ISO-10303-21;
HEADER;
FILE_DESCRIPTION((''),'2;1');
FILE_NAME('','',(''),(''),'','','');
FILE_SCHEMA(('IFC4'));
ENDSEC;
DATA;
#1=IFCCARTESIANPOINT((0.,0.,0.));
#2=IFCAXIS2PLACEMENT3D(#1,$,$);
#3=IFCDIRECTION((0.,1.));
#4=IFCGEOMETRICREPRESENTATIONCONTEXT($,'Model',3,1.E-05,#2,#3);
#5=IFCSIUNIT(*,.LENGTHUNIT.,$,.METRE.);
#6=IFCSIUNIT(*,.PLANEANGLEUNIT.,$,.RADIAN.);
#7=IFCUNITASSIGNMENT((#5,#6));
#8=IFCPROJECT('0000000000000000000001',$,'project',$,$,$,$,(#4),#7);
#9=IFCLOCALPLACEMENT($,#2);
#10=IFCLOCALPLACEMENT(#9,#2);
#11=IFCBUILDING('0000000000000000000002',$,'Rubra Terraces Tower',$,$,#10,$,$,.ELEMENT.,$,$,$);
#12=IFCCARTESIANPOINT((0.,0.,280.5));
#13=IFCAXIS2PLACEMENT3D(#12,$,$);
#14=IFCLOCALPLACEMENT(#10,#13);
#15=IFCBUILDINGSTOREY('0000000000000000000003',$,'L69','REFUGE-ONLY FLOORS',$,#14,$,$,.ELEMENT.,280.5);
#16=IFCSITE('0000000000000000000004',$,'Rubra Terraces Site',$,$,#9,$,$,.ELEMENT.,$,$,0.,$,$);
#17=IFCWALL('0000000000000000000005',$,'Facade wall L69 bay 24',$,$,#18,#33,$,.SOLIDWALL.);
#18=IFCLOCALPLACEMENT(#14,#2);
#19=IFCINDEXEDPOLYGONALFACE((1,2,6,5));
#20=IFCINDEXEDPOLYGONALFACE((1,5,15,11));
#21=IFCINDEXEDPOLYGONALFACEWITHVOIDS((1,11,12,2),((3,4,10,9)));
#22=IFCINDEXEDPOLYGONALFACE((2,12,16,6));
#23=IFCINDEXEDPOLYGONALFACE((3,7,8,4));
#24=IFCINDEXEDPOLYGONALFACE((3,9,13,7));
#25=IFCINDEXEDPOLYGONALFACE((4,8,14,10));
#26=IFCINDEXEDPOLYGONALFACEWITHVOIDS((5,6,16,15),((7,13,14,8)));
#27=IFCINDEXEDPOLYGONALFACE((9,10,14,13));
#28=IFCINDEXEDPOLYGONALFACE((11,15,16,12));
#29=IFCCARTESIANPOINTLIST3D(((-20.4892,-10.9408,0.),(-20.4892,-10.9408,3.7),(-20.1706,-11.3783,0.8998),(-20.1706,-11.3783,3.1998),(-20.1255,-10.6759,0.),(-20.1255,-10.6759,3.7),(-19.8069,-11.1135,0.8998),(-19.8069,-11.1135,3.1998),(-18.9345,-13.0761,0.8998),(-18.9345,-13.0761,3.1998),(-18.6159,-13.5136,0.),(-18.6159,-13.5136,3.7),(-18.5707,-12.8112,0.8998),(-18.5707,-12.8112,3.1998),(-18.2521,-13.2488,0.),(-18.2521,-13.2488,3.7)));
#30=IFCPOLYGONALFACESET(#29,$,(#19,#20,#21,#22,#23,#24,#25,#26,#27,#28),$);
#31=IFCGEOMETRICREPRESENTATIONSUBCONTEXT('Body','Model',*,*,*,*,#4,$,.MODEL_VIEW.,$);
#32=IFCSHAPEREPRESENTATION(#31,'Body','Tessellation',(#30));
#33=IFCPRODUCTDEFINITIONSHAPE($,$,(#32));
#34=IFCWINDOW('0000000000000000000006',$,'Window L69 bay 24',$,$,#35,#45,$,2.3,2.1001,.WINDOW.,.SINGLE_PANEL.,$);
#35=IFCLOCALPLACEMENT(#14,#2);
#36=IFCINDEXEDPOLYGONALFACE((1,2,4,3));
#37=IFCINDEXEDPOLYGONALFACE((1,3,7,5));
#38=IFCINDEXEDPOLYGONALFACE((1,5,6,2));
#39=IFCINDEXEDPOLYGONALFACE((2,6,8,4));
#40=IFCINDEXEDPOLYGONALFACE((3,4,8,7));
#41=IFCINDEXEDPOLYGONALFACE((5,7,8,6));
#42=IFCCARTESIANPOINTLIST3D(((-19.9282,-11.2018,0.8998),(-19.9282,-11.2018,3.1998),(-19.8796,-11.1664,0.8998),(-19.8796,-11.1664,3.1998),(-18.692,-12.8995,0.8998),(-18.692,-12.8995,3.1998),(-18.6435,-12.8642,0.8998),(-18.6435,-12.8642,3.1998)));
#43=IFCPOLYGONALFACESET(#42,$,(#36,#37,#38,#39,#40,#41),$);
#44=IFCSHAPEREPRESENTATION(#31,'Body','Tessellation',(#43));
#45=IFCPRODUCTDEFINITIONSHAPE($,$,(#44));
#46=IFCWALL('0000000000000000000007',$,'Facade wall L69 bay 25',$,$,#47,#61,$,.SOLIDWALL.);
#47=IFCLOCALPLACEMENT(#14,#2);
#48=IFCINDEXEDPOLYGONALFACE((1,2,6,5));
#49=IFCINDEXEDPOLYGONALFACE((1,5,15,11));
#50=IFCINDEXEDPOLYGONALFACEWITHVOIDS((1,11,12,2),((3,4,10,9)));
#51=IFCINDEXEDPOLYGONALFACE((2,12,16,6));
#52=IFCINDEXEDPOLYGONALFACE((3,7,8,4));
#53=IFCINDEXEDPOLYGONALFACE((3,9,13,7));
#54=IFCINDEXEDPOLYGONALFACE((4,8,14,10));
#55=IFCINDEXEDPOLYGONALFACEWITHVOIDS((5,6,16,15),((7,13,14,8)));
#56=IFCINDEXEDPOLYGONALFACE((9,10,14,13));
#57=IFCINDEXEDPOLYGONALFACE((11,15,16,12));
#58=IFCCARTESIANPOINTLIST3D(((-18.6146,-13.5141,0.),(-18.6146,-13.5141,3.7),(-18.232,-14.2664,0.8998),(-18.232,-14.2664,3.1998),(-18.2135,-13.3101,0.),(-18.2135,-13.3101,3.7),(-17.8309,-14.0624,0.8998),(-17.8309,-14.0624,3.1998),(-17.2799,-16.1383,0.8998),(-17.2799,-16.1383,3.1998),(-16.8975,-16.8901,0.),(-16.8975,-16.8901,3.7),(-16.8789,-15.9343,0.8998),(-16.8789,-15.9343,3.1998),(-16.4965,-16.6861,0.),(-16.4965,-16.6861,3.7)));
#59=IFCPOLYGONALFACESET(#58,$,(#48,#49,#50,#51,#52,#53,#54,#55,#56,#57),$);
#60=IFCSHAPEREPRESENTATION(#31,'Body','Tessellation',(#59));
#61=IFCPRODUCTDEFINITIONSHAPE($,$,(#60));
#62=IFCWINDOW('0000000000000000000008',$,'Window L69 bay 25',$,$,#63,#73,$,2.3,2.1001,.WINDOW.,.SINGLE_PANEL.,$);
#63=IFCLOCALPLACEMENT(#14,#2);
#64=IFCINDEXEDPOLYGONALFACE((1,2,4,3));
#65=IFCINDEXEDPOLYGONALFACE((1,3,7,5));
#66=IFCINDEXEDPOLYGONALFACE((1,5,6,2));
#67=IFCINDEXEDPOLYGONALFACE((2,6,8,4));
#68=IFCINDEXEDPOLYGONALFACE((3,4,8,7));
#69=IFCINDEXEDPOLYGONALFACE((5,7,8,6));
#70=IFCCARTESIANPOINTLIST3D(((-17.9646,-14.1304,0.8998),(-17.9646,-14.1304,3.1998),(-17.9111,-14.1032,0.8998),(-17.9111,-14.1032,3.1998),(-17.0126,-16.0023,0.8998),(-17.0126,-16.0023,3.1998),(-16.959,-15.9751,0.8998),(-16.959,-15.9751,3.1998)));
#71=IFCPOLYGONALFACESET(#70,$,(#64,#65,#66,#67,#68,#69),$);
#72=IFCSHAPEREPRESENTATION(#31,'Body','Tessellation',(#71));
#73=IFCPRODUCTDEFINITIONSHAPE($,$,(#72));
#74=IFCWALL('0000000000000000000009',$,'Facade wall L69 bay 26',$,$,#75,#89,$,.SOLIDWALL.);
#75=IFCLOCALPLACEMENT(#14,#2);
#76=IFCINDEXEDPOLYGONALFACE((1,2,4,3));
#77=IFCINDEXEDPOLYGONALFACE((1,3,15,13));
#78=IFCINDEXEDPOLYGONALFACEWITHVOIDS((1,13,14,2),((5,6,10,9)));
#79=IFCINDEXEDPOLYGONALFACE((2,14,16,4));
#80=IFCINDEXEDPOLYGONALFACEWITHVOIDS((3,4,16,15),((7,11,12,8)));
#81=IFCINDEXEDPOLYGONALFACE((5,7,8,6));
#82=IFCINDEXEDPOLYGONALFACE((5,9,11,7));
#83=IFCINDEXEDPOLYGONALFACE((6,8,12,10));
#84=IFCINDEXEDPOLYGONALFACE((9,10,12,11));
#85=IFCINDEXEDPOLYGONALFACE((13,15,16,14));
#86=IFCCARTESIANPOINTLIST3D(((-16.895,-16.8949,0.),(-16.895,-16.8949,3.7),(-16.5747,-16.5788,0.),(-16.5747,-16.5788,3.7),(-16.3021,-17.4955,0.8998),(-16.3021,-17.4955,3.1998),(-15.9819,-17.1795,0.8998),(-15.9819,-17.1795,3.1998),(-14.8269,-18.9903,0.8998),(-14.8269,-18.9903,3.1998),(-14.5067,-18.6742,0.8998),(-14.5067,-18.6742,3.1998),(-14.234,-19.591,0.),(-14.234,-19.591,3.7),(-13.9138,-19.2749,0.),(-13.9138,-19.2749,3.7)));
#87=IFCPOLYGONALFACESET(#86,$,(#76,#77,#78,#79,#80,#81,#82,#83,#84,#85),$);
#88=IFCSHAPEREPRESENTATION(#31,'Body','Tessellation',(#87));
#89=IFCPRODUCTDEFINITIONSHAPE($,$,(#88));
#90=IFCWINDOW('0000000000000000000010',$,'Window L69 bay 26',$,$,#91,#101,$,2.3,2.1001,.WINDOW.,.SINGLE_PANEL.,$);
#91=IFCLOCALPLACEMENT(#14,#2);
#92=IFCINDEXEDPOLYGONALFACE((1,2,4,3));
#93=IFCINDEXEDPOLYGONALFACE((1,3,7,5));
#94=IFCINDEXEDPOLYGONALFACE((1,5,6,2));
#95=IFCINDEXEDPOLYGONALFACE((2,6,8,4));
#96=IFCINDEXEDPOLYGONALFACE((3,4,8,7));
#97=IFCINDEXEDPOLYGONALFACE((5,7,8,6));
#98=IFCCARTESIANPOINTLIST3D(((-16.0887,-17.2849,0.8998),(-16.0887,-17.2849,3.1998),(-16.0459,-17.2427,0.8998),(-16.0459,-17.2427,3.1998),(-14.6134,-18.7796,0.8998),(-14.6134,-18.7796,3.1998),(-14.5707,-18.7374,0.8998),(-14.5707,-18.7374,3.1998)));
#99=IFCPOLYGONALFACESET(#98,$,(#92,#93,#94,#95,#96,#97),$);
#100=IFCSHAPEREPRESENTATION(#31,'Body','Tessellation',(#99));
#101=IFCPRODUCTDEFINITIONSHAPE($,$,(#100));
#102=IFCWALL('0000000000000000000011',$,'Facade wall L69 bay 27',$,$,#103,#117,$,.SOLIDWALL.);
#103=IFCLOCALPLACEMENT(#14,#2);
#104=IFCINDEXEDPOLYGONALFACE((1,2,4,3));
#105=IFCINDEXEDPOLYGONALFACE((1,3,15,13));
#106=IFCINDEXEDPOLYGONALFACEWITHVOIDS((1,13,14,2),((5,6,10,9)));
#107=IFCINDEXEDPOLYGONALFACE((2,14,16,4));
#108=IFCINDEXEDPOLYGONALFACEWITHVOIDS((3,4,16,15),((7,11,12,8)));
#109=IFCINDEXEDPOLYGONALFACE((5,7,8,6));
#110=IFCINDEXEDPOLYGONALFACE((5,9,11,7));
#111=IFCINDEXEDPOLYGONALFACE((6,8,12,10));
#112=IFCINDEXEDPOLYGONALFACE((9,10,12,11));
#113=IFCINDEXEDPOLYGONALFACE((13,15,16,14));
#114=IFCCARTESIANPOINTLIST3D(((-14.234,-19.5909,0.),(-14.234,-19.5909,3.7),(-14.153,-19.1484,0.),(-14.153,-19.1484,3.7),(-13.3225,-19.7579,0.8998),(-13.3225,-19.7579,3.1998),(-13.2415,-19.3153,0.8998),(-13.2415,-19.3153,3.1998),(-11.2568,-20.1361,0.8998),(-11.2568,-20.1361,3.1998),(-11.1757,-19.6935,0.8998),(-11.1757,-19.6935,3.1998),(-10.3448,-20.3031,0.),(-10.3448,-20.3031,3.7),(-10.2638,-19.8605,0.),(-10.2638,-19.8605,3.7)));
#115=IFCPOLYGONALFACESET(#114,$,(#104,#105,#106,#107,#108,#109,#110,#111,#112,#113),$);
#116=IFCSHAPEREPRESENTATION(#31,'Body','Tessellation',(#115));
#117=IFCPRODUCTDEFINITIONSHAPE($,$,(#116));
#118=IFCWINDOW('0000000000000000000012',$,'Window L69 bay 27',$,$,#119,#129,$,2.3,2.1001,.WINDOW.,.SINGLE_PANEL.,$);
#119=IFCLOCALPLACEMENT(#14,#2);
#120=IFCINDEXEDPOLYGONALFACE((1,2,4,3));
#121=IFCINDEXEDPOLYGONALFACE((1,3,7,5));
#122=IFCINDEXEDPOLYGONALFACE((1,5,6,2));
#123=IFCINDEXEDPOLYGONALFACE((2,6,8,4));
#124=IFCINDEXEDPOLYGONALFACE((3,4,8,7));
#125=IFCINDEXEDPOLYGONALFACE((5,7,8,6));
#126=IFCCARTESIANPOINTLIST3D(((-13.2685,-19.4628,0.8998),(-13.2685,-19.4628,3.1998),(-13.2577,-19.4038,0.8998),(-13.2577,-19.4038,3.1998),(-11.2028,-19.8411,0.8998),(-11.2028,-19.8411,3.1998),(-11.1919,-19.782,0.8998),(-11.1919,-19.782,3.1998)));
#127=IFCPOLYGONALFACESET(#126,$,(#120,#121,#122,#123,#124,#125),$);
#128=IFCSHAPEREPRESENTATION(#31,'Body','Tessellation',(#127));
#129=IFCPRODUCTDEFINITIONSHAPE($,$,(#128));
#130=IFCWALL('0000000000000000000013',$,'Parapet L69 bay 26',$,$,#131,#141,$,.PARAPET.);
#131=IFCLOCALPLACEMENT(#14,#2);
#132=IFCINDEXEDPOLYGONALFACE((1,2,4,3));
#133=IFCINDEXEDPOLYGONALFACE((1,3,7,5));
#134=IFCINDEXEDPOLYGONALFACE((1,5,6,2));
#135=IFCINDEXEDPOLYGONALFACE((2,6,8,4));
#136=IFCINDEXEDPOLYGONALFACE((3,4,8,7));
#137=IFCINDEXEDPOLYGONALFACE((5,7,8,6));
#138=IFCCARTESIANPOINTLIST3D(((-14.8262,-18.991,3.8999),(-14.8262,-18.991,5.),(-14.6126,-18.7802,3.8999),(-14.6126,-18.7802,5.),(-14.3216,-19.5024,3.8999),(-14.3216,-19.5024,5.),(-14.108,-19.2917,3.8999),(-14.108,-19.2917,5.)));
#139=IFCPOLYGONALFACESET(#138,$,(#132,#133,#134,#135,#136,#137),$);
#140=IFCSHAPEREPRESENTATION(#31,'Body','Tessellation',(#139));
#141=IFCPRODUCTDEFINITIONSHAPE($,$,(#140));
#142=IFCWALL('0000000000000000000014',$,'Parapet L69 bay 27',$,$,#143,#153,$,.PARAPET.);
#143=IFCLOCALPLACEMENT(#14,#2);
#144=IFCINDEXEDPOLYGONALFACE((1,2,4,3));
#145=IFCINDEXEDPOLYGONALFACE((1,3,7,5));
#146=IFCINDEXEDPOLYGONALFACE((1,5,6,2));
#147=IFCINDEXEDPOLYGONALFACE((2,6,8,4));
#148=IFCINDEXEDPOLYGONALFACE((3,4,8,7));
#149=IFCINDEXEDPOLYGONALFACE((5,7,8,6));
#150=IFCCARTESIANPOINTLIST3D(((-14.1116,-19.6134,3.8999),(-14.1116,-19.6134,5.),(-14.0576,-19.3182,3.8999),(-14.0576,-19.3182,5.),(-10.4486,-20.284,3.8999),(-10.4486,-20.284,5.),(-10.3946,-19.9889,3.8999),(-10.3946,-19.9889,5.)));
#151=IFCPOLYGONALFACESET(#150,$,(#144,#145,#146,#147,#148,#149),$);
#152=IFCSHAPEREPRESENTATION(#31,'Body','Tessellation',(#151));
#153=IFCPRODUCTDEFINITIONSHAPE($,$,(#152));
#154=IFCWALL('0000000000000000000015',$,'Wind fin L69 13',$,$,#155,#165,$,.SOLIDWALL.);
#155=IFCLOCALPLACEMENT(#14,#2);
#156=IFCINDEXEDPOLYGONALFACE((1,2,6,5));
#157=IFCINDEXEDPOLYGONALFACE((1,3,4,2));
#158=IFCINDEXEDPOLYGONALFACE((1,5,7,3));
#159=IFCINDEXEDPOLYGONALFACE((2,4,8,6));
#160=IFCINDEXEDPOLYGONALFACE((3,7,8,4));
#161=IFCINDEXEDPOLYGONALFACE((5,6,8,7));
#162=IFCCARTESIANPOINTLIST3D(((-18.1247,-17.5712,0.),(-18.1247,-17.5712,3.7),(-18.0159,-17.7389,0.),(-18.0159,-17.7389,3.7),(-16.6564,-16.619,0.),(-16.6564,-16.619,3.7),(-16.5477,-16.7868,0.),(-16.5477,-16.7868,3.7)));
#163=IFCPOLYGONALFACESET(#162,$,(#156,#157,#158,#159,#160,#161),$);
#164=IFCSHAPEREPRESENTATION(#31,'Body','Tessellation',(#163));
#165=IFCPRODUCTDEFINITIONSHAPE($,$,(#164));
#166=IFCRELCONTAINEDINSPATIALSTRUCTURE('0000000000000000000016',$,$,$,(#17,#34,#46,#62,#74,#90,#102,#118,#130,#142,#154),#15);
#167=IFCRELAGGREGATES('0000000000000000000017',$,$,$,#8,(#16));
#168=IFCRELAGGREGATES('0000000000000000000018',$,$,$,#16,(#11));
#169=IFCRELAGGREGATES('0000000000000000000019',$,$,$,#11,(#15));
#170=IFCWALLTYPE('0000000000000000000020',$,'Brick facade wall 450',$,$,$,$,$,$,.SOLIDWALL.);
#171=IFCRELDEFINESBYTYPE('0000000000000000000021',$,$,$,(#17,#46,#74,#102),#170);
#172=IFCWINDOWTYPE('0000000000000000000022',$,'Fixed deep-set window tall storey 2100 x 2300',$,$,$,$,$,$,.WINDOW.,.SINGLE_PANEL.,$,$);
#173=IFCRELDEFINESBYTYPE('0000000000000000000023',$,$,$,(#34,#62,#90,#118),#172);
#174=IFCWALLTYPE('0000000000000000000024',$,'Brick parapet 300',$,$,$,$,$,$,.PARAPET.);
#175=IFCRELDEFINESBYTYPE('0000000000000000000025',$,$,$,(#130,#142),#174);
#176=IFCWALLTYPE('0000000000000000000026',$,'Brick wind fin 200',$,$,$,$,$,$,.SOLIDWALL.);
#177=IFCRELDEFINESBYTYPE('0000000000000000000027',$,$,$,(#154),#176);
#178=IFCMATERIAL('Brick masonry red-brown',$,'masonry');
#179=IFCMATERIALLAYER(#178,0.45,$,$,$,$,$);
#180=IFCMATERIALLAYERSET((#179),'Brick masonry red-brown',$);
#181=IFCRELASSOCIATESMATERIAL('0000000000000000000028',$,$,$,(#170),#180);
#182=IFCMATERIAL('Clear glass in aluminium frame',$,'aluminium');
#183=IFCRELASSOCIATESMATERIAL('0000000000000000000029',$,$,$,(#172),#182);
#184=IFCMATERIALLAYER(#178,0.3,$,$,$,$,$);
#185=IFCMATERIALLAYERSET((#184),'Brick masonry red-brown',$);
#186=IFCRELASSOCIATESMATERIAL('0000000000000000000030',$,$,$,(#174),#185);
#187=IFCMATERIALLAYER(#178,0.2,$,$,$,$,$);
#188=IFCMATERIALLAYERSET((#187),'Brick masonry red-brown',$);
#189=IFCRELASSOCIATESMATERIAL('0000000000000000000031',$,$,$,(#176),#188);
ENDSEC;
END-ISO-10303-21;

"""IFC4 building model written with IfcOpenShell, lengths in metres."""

from ifc_helpers import new_model, si_unit, direction, frame, frame_2d, origin, place, context, subcontext, project, spatial, rectangle, extrude, material, layer, layer_set, type_object, element, fill, save


model = new_model("IFC4")

# Units and contexts
model_context = context("Model", 3, precision=1e-05, world=origin(), true_north=direction((0.0, 1.0)))
body_context = subcontext(model_context, "Body", "Model", "MODEL_VIEW")
ifc_project = project(units=[si_unit("LENGTHUNIT", "METRE"), si_unit("PLANEANGLEUNIT", "RADIAN")], contexts=[model_context])

# Site, building, storey
site_placement = place(None, origin())
site = spatial("IfcSite", under=ifc_project, at=site_placement, Name="Rubra Terraces Site", CompositionType="ELEMENT", RefElevation=0.0)
building_placement = place(site_placement, origin())
building = spatial("IfcBuilding", under=site, at=building_placement, Name="Rubra Terraces Tower", CompositionType="ELEMENT")
storey_placement = place(building_placement, frame((0.0, 0.0, 280.5)))
storey = spatial("IfcBuildingStorey", under=building, at=storey_placement, Name="L69", Description="REFUGE-ONLY FLOORS", CompositionType="ELEMENT", Elevation=280.5)

# Walls, openings, windows
ifc_material_1 = material(Name="Brick masonry red-brown", Category="masonry")
ifc_layer_1 = layer(ifc_material_1, 0.45)
ifc_layer_set_1 = layer_set([ifc_layer_1], Name="Brick masonry red-brown")
wall_type_1 = type_object("IfcWallType", Name="Brick facade wall 450", PredefinedType="SOLIDWALL", material=ifc_layer_set_1)
wall_1_placement = place(storey_placement, frame((-20.3074, -10.8083, 0.0), z_axis=(0.0, 0.0, 1.0), x_axis=(0.588623, -0.808408, 0.0)))
wall_1 = element("IfcWall", 1, at=wall_1_placement, inside=storey, type_object=wall_type_1, Name="Facade wall L69 bay 24", PredefinedType="SOLIDWALL", context=body_context, shape_type="SweptSolid", body=[
    extrude(rectangle(XDim=3.1826, YDim=0.45, at=frame_2d((1.5913, 0.0))), origin(), (0.0, 0.0, 1.0), 3.7),
])
opening_1_placement = place(wall_1_placement, frame((0.5413, 0.0, 0.8999)))
opening_1 = element("IfcOpeningElement", 2, at=opening_1_placement, cuts=wall_1, PredefinedType="OPENING", context=body_context, shape_type="SweptSolid", body=[
    extrude(rectangle(XDim=2.1001, YDim=2.3, at=frame_2d((1.05, 1.1499))), frame((0.0, 0.2349, 0.0), z_axis=(0.0, -1.0, 0.0), x_axis=(1.0, 0.0, 0.0)), (0.0, 0.0, 1.0), 0.47),
])
ifc_material_2 = material(Name="Clear glass in aluminium frame", Category="aluminium")
window_type = type_object("IfcWindowType", Name="Fixed deep-set window tall storey 2100 x 2300", PartitioningType="SINGLE_PANEL", PredefinedType="WINDOW", material=ifc_material_2)
window_1_placement = place(opening_1_placement, origin())
window_1 = element("IfcWindow", 3, at=window_1_placement, inside=storey, type_object=window_type, Name="Window L69 bay 24", OverallHeight=2.3, OverallWidth=2.1001, PartitioningType="SINGLE_PANEL", PredefinedType="WINDOW", context=body_context, shape_type="SweptSolid", body=[
    extrude(rectangle(XDim=2.1001, YDim=2.3, at=frame_2d((1.05, 1.1499))), frame((0.0, 0.135, 0.0), z_axis=(0.0, -1.0, 0.0), x_axis=(1.0, 0.0, 0.0)), (0.0, 0.0, 1.0), 0.0601),
])
fill(opening_1, window_1)
wall_2_placement = place(storey_placement, frame((-18.4141, -13.4121, 0.0), z_axis=(0.0, 0.0, 1.0), x_axis=(0.45334, -0.891338, 0.0)))
wall_2 = element("IfcWall", 4, at=wall_2_placement, inside=storey, type_object=wall_type_1, Name="Facade wall L69 bay 25", PredefinedType="SOLIDWALL", context=body_context, shape_type="SweptSolid", body=[
    extrude(rectangle(XDim=3.7876, YDim=0.45, at=frame_2d((1.8938, 0.0))), origin(), (0.0, 0.0, 1.0), 3.7),
])
opening_2_placement = place(wall_2_placement, frame((0.844, 0.0, 0.8999)))
opening_2 = element("IfcOpeningElement", 5, at=opening_2_placement, cuts=wall_2, PredefinedType="OPENING", context=body_context, shape_type="SweptSolid", body=[
    extrude(rectangle(XDim=2.1001, YDim=2.3, at=frame_2d((1.05, 1.1499))), frame((0.0, 0.2349, 0.0), z_axis=(0.0, -1.0, 0.0), x_axis=(1.0, 0.0, 0.0)), (0.0, 0.0, 1.0), 0.47),
])
window_2_placement = place(opening_2_placement, origin())
window_2 = element("IfcWindow", 6, at=window_2_placement, inside=storey, type_object=window_type, Name="Window L69 bay 25", OverallHeight=2.3, OverallWidth=2.1001, PartitioningType="SINGLE_PANEL", PredefinedType="WINDOW", context=body_context, shape_type="SweptSolid", body=[
    extrude(rectangle(XDim=2.1001, YDim=2.3, at=frame_2d((1.05, 1.1499))), frame((0.0, 0.135, 0.0), z_axis=(0.0, -1.0, 0.0), x_axis=(1.0, 0.0, 0.0)), (0.0, 0.0, 1.0), 0.0601),
])
fill(opening_2, window_2)
wall_3_placement = place(storey_placement, frame((-16.7349, -16.7368, 0.0), z_axis=(0.0, 0.0, 1.0), x_axis=(0.702451, -0.711732, 0.0)))
wall_3 = element("IfcWall", 7, at=wall_3_placement, inside=storey, type_object=wall_type_1, Name="Facade wall L69 bay 26", PredefinedType="SOLIDWALL", context=body_context, shape_type="SweptSolid", body=[
    extrude(rectangle(XDim=3.7881, YDim=0.45, at=frame_2d((1.894, 0.0))), origin(), (0.0, 0.0, 1.0), 3.7),
])
opening_3_placement = place(wall_3_placement, frame((0.844, 0.0, 0.8999)))
opening_3 = element("IfcOpeningElement", 8, at=opening_3_placement, cuts=wall_3, PredefinedType="OPENING", context=body_context, shape_type="SweptSolid", body=[
    extrude(rectangle(XDim=2.1001, YDim=2.3, at=frame_2d((1.05, 1.1499))), frame((0.0, 0.2349, 0.0), z_axis=(0.0, -1.0, 0.0), x_axis=(1.0, 0.0, 0.0)), (0.0, 0.0, 1.0), 0.47),
])
window_3_placement = place(opening_3_placement, origin())
window_3 = element("IfcWindow", 9, at=window_3_placement, inside=storey, type_object=window_type, Name="Window L69 bay 26", OverallHeight=2.3, OverallWidth=2.1001, PartitioningType="SINGLE_PANEL", PredefinedType="WINDOW", context=body_context, shape_type="SweptSolid", body=[
    extrude(rectangle(XDim=2.1001, YDim=2.3, at=frame_2d((1.05, 1.1499))), frame((0.0, 0.135, 0.0), z_axis=(0.0, -1.0, 0.0), x_axis=(1.0, 0.0, 0.0)), (0.0, 0.0, 1.0), 0.0601),
])
fill(opening_3, window_3)
wall_4_placement = place(storey_placement, frame((-14.1936, -19.3696, 0.0), z_axis=(0.0, 0.0, 1.0), x_axis=(0.983645, -0.180119, 0.0)))
wall_4 = element("IfcWall", 10, at=wall_4_placement, inside=storey, type_object=wall_type_1, Name="Facade wall L69 bay 27", PredefinedType="SOLIDWALL", context=body_context, shape_type="SweptSolid", body=[
    extrude(rectangle(XDim=3.9539, YDim=0.45, at=frame_2d((1.9771, 0.0))), origin(), (0.0, 0.0, 1.0), 3.7),
])
opening_4_placement = place(wall_4_placement, frame((0.9268, 0.0, 0.8999)))
opening_4 = element("IfcOpeningElement", 11, at=opening_4_placement, cuts=wall_4, PredefinedType="OPENING", context=body_context, shape_type="SweptSolid", body=[
    extrude(rectangle(XDim=2.1001, YDim=2.3, at=frame_2d((1.05, 1.1499))), frame((0.0, 0.2349, 0.0), z_axis=(0.0, -1.0, 0.0), x_axis=(1.0, 0.0, 0.0)), (0.0, 0.0, 1.0), 0.47),
])
window_4_placement = place(opening_4_placement, origin())
window_4 = element("IfcWindow", 12, at=window_4_placement, inside=storey, type_object=window_type, Name="Window L69 bay 27", OverallHeight=2.3, OverallWidth=2.1001, PartitioningType="SINGLE_PANEL", PredefinedType="WINDOW", context=body_context, shape_type="SweptSolid", body=[
    extrude(rectangle(XDim=2.1001, YDim=2.3, at=frame_2d((1.05, 1.1499))), frame((0.0, 0.135, 0.0), z_axis=(0.0, -1.0, 0.0), x_axis=(1.0, 0.0, 0.0)), (0.0, 0.0, 1.0), 0.0601),
])
fill(opening_4, window_4)

# Walls
ifc_layer_2 = layer(ifc_material_1, 0.3)
ifc_layer_set_2 = layer_set([ifc_layer_2], Name="Brick masonry red-brown")
wall_type_2 = type_object("IfcWallType", Name="Brick parapet 300", PredefinedType="PARAPET", material=ifc_layer_set_2)
wall_5_placement = place(storey_placement, frame((-14.7195, -18.8855, 3.8999), z_axis=(0.0, 0.0, 1.0), x_axis=(0.702334, -0.711848, 0.0)))
element("IfcWall", 13, at=wall_5_placement, inside=storey, type_object=wall_type_2, Name="Parapet L69 bay 26", PredefinedType="PARAPET", context=body_context, shape_type="SweptSolid", body=[
    extrude(rectangle(XDim=0.7185, YDim=0.3, at=frame_2d((0.3594, 0.0))), origin(), (0.0, 0.0, 1.0), 1.1001),
])
wall_6_placement = place(storey_placement, frame((-14.0845, -19.4658, 3.8999), z_axis=(0.0, 0.0, 1.0), x_axis=(0.98365, -0.180091, 0.0)))
element("IfcWall", 14, at=wall_6_placement, inside=storey, type_object=wall_type_2, Name="Parapet L69 bay 27", PredefinedType="PARAPET", context=body_context, shape_type="SweptSolid", body=[
    extrude(rectangle(XDim=3.7239, YDim=0.3, at=frame_2d((1.8618, 0.0))), origin(), (0.0, 0.0, 1.0), 1.1001),
])
ifc_layer_3 = layer(ifc_material_1, 0.2)
ifc_layer_set_3 = layer_set([ifc_layer_3], Name="Brick masonry red-brown")
wall_type_3 = type_object("IfcWallType", Name="Brick wind fin 200", PredefinedType="SOLIDWALL", material=ifc_layer_set_3)
wall_7_placement = place(storey_placement, frame((-16.6021, -16.7029, 0.0), z_axis=(0.0, 0.0, 1.0), x_axis=(-0.839023, -0.544096, 0.0)))
element("IfcWall", 15, at=wall_7_placement, inside=storey, type_object=wall_type_3, Name="Wind fin L69 13", PredefinedType="SOLIDWALL", context=body_context, shape_type="SweptSolid", body=[
    extrude(rectangle(XDim=1.75, YDim=0.2, at=frame_2d((0.875, 0.0))), origin(), (0.0, 0.0, 1.0), 3.7),
])

save(model, "model.ifc")
